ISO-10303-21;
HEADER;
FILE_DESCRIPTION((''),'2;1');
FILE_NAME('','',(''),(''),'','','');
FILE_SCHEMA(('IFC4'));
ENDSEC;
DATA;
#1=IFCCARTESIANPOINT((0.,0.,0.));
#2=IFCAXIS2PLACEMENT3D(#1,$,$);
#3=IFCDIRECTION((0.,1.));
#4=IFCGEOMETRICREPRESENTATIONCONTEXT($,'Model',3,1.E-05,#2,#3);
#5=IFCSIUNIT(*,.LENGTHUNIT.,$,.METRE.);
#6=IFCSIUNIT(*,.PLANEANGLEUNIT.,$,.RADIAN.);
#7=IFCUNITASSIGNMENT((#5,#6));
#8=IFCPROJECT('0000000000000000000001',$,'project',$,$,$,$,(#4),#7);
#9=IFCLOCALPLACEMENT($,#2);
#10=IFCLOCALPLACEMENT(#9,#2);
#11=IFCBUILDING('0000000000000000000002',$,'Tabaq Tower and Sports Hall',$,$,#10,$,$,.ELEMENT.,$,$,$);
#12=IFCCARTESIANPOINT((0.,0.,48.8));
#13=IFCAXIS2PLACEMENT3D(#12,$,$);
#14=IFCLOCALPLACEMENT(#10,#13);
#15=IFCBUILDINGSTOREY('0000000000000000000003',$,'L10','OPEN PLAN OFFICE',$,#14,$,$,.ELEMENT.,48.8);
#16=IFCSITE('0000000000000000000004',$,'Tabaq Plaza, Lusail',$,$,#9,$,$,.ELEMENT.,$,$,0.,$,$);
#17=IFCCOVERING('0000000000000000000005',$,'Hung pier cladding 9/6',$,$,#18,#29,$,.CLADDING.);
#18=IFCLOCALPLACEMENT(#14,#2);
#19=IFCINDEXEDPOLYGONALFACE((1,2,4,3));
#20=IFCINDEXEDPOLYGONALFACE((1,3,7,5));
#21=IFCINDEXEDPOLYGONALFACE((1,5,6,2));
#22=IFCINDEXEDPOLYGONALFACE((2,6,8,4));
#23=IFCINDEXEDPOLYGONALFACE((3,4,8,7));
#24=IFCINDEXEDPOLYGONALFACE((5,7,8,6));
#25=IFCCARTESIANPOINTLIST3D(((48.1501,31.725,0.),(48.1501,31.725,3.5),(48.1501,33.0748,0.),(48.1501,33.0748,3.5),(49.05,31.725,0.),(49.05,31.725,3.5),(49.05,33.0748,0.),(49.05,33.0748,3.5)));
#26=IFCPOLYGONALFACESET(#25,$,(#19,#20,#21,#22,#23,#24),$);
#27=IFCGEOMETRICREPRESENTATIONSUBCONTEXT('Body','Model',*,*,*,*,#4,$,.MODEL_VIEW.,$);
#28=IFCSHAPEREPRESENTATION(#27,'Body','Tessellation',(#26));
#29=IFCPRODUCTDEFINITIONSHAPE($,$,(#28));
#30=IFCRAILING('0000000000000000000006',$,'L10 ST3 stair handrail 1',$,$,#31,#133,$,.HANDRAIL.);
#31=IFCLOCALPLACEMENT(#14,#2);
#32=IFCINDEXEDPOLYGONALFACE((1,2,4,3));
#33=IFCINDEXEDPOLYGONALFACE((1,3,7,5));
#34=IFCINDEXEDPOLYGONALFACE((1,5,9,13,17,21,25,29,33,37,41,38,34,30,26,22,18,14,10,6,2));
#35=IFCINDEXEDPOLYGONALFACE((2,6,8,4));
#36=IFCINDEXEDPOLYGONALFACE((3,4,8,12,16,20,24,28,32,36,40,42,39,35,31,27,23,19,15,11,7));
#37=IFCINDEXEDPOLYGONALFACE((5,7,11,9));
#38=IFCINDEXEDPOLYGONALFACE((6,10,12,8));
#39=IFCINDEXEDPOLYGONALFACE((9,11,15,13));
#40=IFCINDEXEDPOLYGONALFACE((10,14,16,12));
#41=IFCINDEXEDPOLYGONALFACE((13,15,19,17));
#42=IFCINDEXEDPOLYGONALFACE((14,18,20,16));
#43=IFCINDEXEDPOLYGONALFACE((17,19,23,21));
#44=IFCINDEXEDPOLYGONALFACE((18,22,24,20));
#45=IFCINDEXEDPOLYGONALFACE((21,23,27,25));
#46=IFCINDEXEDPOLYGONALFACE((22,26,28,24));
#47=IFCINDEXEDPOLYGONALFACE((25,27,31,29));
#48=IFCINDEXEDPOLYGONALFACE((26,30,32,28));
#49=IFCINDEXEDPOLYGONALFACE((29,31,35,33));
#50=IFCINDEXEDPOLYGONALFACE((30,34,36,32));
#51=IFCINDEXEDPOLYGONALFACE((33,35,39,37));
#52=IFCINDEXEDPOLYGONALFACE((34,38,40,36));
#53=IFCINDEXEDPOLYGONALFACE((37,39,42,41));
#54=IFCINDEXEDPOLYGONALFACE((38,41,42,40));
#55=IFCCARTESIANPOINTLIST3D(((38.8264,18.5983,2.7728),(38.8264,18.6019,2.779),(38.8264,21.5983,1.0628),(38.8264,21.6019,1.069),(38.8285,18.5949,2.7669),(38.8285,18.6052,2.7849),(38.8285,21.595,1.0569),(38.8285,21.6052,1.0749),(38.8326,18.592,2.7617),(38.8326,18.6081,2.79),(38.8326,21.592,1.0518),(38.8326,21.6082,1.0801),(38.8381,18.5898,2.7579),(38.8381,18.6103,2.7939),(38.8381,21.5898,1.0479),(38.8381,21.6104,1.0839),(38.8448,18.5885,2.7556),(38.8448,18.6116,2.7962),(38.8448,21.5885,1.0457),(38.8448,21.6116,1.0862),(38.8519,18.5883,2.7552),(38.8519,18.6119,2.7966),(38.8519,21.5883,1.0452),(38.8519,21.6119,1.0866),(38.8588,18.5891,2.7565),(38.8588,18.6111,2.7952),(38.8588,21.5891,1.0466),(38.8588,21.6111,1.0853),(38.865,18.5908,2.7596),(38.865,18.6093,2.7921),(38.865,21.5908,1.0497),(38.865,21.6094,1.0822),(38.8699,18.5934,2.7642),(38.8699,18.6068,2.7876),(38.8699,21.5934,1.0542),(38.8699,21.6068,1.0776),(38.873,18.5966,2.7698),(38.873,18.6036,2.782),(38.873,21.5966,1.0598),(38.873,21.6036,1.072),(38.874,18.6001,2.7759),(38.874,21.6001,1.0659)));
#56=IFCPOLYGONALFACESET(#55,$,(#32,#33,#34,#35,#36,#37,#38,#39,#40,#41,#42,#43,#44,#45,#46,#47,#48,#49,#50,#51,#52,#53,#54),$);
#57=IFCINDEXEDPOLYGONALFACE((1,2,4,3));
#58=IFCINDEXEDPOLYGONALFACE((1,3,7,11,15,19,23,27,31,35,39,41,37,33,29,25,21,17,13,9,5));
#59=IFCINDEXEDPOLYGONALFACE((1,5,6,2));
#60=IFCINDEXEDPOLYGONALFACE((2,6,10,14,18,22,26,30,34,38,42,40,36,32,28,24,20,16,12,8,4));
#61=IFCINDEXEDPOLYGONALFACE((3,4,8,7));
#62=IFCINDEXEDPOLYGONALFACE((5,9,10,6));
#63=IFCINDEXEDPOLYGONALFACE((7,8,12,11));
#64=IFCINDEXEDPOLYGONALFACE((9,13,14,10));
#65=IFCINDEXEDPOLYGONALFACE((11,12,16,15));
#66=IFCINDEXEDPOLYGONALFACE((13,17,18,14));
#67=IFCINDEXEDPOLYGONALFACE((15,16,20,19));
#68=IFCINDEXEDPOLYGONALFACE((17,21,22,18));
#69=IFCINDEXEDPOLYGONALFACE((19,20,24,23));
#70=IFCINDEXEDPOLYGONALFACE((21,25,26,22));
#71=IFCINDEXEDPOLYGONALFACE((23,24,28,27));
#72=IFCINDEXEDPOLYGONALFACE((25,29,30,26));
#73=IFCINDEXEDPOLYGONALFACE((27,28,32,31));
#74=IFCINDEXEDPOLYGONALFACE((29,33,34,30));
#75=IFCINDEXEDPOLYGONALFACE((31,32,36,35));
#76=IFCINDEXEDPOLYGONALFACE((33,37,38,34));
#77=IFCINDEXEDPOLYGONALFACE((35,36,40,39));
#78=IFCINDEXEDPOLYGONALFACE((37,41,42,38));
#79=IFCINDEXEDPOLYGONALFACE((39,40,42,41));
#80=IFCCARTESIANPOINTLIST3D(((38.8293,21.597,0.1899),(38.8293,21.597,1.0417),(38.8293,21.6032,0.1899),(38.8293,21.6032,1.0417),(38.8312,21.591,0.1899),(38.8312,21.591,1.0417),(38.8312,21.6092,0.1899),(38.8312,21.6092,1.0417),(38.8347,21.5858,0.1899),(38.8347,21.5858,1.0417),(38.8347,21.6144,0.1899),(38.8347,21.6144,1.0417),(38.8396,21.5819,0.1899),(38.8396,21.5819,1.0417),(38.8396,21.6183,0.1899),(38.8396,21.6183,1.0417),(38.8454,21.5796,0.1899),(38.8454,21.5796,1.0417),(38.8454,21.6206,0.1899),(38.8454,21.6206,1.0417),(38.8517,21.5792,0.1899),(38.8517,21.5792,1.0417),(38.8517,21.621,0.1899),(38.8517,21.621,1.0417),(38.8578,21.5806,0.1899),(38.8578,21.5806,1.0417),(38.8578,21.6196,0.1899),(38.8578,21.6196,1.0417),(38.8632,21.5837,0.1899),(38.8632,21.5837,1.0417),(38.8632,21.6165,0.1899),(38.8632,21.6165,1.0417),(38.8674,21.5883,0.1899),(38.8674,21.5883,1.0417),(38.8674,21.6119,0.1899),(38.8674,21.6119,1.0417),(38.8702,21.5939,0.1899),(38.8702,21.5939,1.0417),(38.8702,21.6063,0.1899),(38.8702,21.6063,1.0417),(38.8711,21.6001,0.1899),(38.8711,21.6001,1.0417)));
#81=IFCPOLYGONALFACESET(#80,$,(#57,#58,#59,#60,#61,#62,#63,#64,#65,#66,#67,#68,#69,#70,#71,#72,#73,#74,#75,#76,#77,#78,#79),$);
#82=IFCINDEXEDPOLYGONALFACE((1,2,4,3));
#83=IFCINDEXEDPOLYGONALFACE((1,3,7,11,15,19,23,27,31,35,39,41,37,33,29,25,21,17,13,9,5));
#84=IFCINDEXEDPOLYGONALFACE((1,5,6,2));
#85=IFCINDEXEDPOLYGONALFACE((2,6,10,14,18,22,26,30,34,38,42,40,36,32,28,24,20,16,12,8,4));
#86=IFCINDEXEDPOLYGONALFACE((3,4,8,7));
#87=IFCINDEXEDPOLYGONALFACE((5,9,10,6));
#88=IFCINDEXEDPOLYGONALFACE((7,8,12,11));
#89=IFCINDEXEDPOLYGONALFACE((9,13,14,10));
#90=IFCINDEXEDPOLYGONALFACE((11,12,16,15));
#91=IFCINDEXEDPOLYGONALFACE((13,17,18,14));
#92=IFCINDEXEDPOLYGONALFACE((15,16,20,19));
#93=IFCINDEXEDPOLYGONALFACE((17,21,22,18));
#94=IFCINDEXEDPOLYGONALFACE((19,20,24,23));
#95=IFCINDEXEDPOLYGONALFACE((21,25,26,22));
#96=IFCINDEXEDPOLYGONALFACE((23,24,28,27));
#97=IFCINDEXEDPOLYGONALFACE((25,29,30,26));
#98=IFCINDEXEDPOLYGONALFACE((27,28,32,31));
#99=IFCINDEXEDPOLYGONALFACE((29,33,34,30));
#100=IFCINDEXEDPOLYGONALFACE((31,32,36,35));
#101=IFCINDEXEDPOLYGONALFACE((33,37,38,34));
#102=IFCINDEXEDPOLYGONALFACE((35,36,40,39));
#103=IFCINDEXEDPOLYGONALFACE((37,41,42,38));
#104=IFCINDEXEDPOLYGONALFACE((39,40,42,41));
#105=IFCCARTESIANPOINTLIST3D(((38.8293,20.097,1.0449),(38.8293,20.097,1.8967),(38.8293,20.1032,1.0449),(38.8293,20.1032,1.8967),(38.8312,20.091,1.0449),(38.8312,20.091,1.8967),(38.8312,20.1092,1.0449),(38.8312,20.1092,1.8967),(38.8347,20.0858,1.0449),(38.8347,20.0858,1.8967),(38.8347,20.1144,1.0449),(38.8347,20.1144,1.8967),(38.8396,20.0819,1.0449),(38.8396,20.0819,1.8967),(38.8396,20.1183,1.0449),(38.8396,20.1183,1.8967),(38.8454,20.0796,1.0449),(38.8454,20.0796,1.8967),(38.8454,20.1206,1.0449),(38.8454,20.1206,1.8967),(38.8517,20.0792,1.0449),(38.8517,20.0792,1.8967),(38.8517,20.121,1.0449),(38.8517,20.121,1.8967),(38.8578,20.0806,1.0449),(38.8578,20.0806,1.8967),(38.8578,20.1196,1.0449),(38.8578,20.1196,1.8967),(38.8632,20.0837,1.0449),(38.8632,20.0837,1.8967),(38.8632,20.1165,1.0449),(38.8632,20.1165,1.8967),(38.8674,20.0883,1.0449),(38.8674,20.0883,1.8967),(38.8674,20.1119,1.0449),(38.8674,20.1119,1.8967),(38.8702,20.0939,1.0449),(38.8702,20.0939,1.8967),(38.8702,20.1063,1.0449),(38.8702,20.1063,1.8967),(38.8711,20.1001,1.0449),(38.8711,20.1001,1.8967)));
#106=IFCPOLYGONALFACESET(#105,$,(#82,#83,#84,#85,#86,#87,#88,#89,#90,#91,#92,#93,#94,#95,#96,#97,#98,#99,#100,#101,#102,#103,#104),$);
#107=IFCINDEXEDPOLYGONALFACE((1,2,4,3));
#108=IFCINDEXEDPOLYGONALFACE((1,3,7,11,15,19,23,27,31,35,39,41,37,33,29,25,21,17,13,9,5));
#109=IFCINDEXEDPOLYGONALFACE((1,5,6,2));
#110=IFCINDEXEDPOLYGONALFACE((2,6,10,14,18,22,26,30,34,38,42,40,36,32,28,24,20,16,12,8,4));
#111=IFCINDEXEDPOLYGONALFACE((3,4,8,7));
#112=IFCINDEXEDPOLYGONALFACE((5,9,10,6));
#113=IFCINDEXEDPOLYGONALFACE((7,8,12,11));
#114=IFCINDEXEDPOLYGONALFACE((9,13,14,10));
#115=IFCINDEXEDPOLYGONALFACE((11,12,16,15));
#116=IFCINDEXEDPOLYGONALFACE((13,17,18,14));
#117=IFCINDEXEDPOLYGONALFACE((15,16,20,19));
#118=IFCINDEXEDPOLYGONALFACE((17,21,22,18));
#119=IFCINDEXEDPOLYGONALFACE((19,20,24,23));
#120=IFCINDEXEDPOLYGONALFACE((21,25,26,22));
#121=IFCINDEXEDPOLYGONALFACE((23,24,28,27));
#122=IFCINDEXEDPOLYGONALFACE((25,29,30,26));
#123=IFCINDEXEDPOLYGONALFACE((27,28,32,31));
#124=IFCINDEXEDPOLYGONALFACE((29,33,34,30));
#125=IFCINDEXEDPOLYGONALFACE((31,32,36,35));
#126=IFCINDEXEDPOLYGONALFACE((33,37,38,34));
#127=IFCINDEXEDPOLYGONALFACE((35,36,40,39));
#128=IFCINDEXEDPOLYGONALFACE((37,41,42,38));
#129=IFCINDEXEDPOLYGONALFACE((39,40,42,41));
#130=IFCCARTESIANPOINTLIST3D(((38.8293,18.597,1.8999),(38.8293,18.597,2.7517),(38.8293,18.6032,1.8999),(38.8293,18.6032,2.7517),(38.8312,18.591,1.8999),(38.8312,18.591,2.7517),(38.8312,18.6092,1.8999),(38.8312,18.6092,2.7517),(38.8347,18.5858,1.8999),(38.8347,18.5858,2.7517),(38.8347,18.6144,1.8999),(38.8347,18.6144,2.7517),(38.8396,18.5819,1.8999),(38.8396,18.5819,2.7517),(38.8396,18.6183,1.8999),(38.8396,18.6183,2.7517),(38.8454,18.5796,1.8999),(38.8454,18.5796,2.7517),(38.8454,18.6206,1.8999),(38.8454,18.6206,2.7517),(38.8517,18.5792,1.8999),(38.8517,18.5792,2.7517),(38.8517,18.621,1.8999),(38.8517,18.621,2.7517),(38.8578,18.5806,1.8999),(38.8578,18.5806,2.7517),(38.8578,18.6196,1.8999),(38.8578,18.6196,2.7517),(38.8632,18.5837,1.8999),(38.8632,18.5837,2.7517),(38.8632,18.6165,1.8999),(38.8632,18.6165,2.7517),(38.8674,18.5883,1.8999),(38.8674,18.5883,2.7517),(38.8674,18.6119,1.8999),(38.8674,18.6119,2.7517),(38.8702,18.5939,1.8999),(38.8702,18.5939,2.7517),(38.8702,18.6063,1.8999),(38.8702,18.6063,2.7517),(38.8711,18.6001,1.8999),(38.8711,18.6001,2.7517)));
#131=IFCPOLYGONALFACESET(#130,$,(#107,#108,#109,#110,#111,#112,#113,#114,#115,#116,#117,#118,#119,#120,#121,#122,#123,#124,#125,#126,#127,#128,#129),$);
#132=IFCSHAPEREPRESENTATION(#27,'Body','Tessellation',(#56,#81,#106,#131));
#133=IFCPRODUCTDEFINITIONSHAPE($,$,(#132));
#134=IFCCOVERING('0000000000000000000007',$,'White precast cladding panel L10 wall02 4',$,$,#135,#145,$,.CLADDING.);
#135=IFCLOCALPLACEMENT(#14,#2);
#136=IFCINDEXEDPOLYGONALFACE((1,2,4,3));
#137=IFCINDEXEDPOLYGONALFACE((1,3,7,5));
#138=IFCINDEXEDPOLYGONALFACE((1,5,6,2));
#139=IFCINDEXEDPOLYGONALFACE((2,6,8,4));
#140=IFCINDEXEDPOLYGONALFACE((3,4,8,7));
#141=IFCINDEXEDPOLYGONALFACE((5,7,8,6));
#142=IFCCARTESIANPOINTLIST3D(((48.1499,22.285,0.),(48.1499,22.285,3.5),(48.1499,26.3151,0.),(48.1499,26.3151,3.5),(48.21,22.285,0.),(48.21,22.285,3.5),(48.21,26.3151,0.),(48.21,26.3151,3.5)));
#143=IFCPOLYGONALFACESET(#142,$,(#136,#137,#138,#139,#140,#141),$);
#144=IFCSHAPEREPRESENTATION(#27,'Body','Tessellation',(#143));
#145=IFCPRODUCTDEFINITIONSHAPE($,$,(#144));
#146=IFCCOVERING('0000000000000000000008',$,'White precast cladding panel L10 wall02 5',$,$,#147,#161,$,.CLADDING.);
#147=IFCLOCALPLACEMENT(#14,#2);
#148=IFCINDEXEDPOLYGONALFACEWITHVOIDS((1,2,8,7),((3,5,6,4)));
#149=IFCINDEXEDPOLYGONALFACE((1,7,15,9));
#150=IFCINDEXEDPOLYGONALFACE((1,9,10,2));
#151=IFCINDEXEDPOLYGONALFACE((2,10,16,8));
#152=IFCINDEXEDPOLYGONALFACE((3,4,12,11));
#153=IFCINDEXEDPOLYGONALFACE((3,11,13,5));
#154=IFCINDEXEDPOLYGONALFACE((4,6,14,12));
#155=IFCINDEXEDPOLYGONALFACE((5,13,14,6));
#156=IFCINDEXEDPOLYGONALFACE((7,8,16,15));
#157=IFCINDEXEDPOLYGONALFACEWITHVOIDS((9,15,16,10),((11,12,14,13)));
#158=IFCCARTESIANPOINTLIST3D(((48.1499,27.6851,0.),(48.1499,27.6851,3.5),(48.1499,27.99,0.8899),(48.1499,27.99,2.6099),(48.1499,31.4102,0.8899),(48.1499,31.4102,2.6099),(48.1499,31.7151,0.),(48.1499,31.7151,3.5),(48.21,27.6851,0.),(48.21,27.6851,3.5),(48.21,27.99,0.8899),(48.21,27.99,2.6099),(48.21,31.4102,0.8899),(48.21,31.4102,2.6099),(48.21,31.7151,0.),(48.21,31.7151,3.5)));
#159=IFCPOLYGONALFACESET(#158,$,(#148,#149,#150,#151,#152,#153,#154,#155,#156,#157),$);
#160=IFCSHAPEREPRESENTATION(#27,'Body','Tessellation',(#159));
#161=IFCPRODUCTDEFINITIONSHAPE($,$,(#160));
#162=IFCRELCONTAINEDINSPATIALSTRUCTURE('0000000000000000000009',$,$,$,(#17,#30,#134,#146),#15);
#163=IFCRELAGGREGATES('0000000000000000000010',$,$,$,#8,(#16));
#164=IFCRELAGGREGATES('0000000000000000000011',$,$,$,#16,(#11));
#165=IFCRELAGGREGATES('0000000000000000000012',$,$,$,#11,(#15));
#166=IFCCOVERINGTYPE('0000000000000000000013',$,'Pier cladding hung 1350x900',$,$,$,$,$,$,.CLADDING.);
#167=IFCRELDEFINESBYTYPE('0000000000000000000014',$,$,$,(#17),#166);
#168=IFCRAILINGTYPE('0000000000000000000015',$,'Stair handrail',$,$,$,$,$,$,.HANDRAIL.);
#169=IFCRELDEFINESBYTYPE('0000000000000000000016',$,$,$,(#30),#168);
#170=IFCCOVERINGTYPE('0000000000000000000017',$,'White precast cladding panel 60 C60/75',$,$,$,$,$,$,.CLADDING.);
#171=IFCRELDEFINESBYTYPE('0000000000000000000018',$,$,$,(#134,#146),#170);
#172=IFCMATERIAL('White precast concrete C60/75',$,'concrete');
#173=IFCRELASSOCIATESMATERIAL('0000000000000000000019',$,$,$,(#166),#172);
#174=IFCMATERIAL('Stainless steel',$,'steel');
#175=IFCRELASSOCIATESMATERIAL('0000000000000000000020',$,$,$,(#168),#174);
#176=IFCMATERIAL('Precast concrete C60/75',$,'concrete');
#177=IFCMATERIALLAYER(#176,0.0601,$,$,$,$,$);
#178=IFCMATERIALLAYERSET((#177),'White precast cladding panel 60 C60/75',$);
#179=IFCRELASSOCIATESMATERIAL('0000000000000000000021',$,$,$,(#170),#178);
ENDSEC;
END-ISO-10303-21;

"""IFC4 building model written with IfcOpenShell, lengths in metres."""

from ifc_helpers import new_model, si_unit, direction, frame, frame_2d, origin, origin_2d, place, context, subcontext, project, spatial, polyline, rectangle, circle, outline, extrude, material, layer, layer_set, type_object, element, save


model = new_model("IFC4")

# Units and contexts
model_context = context("Model", 3, precision=1e-05, world=origin(), true_north=direction((0.0, 1.0)))
body_context = subcontext(model_context, "Body", "Model", "MODEL_VIEW")
ifc_project = project(units=[si_unit("LENGTHUNIT", "METRE"), si_unit("PLANEANGLEUNIT", "RADIAN")], contexts=[model_context])

# Site, building, storey
site_placement = place(None, origin())
site = spatial("IfcSite", under=ifc_project, at=site_placement, Name="Tabaq Plaza, Lusail", CompositionType="ELEMENT", RefElevation=0.0)
building_placement = place(site_placement, origin())
building = spatial("IfcBuilding", under=site, at=building_placement, Name="Tabaq Tower and Sports Hall", CompositionType="ELEMENT")
storey_placement = place(building_placement, frame((0.0, 0.0, 48.8)))
storey = spatial("IfcBuildingStorey", under=building, at=storey_placement, Name="L10", Description="OPEN PLAN OFFICE", CompositionType="ELEMENT", Elevation=48.8)

# Covering
ifc_material_1 = material(Name="White precast concrete C60/75", Category="concrete")
covering_type_1 = type_object("IfcCoveringType", Name="Pier cladding hung 1350x900", PredefinedType="CLADDING", material=ifc_material_1)
covering_1_placement = place(storey_placement, frame((48.6001, 31.7251, 0.0), z_axis=(0.0, 0.0, 1.0), x_axis=(0.0, 1.0, 0.0)))
element("IfcCovering", 1, at=covering_1_placement, inside=storey, type_object=covering_type_1, Name="Hung pier cladding 9/6", PredefinedType="CLADDING", context=body_context, shape_type="SweptSolid", body=[
    extrude(rectangle(XDim=1.3499, YDim=0.8999, at=frame_2d((0.6748, 0.0))), origin(), (0.0, 0.0, 1.0), 3.5),
])

# Railing
ifc_material_2 = material(Name="Stainless steel", Category="steel")
railing_type_1 = type_object("IfcRailingType", Name="Stair handrail", PredefinedType="HANDRAIL", material=ifc_material_2)
railing_1_placement = place(storey_placement, frame((38.8501, 21.6001, 0.1899)))
element("IfcRailing", 2, at=railing_1_placement, inside=storey, type_object=railing_type_1, Name="L10 ST3 stair handrail 1", PredefinedType="HANDRAIL", context=body_context, shape_type="SweptSolid", body=[
    extrude(circle(Radius=0.0239, at=origin_2d()), frame((0.0, 0.0, 0.876), z_axis=(0.0, -0.868782, 0.495195), x_axis=(1.0, 0.0, 0.0)), (0.0, 0.0, 1.0), 3.4531),
    extrude(circle(Radius=0.021, at=origin_2d()), origin(), (0.0, 0.0, 1.0), 0.8518),
    extrude(circle(Radius=0.021, at=origin_2d()), frame((0.0, -1.5, 0.855)), (0.0, 0.0, 1.0), 0.8518),
    extrude(circle(Radius=0.021, at=origin_2d()), frame((0.0, -3.0, 1.71)), (0.0, 0.0, 1.0), 0.8518),
])

# Coverings
ifc_material_3 = material(Name="Precast concrete C60/75", Category="concrete")
ifc_layer_1 = layer(ifc_material_3, 0.0601)
ifc_layer_set_1 = layer_set([ifc_layer_1], Name="White precast cladding panel 60 C60/75")
covering_type_2 = type_object("IfcCoveringType", Name="White precast cladding panel 60 C60/75", PredefinedType="CLADDING", material=ifc_layer_set_1)
covering_2_placement = place(storey_placement, frame((48.1799, 22.2849, 0.0), z_axis=(0.0, 0.0, 1.0), x_axis=(0.0, 1.0, 0.0)))
element("IfcCovering", 3, at=covering_2_placement, inside=storey, type_object=covering_type_2, Name="White precast cladding panel L10 wall02 4", PredefinedType="CLADDING", context=body_context, shape_type="SweptSolid", body=[
    extrude(rectangle(XDim=4.03, YDim=0.0601, at=frame_2d((2.0151, 0.0))), origin(), (0.0, 0.0, 1.0), 3.5),
])
covering_3_placement = place(storey_placement, frame((48.1799, 27.6851, 0.0), z_axis=(0.0, 0.0, 1.0), x_axis=(0.0, 1.0, 0.0)))
element("IfcCovering", 4, at=covering_3_placement, inside=storey, type_object=covering_type_2, Name="White precast cladding panel L10 wall02 5", PredefinedType="CLADDING", context=body_context, shape_type="SweptSolid", body=[
    extrude(outline(polyline([(0.0, 0.0), (4.03, 0.0), (4.03, 3.5), (0.0, 3.5), (0.0, 0.0)]), holes=[polyline([(0.3049, 0.8899), (0.3049, 2.6099), (3.7251, 2.6099), (3.7251, 0.8899), (0.3049, 0.8899)])]), frame((0.0, 0.03, 0.0), z_axis=(0.0, -1.0, 0.0), x_axis=(1.0, 0.0, 0.0)), (0.0, 0.0, 1.0), 0.0601),
])

save(model, "model.ifc")
